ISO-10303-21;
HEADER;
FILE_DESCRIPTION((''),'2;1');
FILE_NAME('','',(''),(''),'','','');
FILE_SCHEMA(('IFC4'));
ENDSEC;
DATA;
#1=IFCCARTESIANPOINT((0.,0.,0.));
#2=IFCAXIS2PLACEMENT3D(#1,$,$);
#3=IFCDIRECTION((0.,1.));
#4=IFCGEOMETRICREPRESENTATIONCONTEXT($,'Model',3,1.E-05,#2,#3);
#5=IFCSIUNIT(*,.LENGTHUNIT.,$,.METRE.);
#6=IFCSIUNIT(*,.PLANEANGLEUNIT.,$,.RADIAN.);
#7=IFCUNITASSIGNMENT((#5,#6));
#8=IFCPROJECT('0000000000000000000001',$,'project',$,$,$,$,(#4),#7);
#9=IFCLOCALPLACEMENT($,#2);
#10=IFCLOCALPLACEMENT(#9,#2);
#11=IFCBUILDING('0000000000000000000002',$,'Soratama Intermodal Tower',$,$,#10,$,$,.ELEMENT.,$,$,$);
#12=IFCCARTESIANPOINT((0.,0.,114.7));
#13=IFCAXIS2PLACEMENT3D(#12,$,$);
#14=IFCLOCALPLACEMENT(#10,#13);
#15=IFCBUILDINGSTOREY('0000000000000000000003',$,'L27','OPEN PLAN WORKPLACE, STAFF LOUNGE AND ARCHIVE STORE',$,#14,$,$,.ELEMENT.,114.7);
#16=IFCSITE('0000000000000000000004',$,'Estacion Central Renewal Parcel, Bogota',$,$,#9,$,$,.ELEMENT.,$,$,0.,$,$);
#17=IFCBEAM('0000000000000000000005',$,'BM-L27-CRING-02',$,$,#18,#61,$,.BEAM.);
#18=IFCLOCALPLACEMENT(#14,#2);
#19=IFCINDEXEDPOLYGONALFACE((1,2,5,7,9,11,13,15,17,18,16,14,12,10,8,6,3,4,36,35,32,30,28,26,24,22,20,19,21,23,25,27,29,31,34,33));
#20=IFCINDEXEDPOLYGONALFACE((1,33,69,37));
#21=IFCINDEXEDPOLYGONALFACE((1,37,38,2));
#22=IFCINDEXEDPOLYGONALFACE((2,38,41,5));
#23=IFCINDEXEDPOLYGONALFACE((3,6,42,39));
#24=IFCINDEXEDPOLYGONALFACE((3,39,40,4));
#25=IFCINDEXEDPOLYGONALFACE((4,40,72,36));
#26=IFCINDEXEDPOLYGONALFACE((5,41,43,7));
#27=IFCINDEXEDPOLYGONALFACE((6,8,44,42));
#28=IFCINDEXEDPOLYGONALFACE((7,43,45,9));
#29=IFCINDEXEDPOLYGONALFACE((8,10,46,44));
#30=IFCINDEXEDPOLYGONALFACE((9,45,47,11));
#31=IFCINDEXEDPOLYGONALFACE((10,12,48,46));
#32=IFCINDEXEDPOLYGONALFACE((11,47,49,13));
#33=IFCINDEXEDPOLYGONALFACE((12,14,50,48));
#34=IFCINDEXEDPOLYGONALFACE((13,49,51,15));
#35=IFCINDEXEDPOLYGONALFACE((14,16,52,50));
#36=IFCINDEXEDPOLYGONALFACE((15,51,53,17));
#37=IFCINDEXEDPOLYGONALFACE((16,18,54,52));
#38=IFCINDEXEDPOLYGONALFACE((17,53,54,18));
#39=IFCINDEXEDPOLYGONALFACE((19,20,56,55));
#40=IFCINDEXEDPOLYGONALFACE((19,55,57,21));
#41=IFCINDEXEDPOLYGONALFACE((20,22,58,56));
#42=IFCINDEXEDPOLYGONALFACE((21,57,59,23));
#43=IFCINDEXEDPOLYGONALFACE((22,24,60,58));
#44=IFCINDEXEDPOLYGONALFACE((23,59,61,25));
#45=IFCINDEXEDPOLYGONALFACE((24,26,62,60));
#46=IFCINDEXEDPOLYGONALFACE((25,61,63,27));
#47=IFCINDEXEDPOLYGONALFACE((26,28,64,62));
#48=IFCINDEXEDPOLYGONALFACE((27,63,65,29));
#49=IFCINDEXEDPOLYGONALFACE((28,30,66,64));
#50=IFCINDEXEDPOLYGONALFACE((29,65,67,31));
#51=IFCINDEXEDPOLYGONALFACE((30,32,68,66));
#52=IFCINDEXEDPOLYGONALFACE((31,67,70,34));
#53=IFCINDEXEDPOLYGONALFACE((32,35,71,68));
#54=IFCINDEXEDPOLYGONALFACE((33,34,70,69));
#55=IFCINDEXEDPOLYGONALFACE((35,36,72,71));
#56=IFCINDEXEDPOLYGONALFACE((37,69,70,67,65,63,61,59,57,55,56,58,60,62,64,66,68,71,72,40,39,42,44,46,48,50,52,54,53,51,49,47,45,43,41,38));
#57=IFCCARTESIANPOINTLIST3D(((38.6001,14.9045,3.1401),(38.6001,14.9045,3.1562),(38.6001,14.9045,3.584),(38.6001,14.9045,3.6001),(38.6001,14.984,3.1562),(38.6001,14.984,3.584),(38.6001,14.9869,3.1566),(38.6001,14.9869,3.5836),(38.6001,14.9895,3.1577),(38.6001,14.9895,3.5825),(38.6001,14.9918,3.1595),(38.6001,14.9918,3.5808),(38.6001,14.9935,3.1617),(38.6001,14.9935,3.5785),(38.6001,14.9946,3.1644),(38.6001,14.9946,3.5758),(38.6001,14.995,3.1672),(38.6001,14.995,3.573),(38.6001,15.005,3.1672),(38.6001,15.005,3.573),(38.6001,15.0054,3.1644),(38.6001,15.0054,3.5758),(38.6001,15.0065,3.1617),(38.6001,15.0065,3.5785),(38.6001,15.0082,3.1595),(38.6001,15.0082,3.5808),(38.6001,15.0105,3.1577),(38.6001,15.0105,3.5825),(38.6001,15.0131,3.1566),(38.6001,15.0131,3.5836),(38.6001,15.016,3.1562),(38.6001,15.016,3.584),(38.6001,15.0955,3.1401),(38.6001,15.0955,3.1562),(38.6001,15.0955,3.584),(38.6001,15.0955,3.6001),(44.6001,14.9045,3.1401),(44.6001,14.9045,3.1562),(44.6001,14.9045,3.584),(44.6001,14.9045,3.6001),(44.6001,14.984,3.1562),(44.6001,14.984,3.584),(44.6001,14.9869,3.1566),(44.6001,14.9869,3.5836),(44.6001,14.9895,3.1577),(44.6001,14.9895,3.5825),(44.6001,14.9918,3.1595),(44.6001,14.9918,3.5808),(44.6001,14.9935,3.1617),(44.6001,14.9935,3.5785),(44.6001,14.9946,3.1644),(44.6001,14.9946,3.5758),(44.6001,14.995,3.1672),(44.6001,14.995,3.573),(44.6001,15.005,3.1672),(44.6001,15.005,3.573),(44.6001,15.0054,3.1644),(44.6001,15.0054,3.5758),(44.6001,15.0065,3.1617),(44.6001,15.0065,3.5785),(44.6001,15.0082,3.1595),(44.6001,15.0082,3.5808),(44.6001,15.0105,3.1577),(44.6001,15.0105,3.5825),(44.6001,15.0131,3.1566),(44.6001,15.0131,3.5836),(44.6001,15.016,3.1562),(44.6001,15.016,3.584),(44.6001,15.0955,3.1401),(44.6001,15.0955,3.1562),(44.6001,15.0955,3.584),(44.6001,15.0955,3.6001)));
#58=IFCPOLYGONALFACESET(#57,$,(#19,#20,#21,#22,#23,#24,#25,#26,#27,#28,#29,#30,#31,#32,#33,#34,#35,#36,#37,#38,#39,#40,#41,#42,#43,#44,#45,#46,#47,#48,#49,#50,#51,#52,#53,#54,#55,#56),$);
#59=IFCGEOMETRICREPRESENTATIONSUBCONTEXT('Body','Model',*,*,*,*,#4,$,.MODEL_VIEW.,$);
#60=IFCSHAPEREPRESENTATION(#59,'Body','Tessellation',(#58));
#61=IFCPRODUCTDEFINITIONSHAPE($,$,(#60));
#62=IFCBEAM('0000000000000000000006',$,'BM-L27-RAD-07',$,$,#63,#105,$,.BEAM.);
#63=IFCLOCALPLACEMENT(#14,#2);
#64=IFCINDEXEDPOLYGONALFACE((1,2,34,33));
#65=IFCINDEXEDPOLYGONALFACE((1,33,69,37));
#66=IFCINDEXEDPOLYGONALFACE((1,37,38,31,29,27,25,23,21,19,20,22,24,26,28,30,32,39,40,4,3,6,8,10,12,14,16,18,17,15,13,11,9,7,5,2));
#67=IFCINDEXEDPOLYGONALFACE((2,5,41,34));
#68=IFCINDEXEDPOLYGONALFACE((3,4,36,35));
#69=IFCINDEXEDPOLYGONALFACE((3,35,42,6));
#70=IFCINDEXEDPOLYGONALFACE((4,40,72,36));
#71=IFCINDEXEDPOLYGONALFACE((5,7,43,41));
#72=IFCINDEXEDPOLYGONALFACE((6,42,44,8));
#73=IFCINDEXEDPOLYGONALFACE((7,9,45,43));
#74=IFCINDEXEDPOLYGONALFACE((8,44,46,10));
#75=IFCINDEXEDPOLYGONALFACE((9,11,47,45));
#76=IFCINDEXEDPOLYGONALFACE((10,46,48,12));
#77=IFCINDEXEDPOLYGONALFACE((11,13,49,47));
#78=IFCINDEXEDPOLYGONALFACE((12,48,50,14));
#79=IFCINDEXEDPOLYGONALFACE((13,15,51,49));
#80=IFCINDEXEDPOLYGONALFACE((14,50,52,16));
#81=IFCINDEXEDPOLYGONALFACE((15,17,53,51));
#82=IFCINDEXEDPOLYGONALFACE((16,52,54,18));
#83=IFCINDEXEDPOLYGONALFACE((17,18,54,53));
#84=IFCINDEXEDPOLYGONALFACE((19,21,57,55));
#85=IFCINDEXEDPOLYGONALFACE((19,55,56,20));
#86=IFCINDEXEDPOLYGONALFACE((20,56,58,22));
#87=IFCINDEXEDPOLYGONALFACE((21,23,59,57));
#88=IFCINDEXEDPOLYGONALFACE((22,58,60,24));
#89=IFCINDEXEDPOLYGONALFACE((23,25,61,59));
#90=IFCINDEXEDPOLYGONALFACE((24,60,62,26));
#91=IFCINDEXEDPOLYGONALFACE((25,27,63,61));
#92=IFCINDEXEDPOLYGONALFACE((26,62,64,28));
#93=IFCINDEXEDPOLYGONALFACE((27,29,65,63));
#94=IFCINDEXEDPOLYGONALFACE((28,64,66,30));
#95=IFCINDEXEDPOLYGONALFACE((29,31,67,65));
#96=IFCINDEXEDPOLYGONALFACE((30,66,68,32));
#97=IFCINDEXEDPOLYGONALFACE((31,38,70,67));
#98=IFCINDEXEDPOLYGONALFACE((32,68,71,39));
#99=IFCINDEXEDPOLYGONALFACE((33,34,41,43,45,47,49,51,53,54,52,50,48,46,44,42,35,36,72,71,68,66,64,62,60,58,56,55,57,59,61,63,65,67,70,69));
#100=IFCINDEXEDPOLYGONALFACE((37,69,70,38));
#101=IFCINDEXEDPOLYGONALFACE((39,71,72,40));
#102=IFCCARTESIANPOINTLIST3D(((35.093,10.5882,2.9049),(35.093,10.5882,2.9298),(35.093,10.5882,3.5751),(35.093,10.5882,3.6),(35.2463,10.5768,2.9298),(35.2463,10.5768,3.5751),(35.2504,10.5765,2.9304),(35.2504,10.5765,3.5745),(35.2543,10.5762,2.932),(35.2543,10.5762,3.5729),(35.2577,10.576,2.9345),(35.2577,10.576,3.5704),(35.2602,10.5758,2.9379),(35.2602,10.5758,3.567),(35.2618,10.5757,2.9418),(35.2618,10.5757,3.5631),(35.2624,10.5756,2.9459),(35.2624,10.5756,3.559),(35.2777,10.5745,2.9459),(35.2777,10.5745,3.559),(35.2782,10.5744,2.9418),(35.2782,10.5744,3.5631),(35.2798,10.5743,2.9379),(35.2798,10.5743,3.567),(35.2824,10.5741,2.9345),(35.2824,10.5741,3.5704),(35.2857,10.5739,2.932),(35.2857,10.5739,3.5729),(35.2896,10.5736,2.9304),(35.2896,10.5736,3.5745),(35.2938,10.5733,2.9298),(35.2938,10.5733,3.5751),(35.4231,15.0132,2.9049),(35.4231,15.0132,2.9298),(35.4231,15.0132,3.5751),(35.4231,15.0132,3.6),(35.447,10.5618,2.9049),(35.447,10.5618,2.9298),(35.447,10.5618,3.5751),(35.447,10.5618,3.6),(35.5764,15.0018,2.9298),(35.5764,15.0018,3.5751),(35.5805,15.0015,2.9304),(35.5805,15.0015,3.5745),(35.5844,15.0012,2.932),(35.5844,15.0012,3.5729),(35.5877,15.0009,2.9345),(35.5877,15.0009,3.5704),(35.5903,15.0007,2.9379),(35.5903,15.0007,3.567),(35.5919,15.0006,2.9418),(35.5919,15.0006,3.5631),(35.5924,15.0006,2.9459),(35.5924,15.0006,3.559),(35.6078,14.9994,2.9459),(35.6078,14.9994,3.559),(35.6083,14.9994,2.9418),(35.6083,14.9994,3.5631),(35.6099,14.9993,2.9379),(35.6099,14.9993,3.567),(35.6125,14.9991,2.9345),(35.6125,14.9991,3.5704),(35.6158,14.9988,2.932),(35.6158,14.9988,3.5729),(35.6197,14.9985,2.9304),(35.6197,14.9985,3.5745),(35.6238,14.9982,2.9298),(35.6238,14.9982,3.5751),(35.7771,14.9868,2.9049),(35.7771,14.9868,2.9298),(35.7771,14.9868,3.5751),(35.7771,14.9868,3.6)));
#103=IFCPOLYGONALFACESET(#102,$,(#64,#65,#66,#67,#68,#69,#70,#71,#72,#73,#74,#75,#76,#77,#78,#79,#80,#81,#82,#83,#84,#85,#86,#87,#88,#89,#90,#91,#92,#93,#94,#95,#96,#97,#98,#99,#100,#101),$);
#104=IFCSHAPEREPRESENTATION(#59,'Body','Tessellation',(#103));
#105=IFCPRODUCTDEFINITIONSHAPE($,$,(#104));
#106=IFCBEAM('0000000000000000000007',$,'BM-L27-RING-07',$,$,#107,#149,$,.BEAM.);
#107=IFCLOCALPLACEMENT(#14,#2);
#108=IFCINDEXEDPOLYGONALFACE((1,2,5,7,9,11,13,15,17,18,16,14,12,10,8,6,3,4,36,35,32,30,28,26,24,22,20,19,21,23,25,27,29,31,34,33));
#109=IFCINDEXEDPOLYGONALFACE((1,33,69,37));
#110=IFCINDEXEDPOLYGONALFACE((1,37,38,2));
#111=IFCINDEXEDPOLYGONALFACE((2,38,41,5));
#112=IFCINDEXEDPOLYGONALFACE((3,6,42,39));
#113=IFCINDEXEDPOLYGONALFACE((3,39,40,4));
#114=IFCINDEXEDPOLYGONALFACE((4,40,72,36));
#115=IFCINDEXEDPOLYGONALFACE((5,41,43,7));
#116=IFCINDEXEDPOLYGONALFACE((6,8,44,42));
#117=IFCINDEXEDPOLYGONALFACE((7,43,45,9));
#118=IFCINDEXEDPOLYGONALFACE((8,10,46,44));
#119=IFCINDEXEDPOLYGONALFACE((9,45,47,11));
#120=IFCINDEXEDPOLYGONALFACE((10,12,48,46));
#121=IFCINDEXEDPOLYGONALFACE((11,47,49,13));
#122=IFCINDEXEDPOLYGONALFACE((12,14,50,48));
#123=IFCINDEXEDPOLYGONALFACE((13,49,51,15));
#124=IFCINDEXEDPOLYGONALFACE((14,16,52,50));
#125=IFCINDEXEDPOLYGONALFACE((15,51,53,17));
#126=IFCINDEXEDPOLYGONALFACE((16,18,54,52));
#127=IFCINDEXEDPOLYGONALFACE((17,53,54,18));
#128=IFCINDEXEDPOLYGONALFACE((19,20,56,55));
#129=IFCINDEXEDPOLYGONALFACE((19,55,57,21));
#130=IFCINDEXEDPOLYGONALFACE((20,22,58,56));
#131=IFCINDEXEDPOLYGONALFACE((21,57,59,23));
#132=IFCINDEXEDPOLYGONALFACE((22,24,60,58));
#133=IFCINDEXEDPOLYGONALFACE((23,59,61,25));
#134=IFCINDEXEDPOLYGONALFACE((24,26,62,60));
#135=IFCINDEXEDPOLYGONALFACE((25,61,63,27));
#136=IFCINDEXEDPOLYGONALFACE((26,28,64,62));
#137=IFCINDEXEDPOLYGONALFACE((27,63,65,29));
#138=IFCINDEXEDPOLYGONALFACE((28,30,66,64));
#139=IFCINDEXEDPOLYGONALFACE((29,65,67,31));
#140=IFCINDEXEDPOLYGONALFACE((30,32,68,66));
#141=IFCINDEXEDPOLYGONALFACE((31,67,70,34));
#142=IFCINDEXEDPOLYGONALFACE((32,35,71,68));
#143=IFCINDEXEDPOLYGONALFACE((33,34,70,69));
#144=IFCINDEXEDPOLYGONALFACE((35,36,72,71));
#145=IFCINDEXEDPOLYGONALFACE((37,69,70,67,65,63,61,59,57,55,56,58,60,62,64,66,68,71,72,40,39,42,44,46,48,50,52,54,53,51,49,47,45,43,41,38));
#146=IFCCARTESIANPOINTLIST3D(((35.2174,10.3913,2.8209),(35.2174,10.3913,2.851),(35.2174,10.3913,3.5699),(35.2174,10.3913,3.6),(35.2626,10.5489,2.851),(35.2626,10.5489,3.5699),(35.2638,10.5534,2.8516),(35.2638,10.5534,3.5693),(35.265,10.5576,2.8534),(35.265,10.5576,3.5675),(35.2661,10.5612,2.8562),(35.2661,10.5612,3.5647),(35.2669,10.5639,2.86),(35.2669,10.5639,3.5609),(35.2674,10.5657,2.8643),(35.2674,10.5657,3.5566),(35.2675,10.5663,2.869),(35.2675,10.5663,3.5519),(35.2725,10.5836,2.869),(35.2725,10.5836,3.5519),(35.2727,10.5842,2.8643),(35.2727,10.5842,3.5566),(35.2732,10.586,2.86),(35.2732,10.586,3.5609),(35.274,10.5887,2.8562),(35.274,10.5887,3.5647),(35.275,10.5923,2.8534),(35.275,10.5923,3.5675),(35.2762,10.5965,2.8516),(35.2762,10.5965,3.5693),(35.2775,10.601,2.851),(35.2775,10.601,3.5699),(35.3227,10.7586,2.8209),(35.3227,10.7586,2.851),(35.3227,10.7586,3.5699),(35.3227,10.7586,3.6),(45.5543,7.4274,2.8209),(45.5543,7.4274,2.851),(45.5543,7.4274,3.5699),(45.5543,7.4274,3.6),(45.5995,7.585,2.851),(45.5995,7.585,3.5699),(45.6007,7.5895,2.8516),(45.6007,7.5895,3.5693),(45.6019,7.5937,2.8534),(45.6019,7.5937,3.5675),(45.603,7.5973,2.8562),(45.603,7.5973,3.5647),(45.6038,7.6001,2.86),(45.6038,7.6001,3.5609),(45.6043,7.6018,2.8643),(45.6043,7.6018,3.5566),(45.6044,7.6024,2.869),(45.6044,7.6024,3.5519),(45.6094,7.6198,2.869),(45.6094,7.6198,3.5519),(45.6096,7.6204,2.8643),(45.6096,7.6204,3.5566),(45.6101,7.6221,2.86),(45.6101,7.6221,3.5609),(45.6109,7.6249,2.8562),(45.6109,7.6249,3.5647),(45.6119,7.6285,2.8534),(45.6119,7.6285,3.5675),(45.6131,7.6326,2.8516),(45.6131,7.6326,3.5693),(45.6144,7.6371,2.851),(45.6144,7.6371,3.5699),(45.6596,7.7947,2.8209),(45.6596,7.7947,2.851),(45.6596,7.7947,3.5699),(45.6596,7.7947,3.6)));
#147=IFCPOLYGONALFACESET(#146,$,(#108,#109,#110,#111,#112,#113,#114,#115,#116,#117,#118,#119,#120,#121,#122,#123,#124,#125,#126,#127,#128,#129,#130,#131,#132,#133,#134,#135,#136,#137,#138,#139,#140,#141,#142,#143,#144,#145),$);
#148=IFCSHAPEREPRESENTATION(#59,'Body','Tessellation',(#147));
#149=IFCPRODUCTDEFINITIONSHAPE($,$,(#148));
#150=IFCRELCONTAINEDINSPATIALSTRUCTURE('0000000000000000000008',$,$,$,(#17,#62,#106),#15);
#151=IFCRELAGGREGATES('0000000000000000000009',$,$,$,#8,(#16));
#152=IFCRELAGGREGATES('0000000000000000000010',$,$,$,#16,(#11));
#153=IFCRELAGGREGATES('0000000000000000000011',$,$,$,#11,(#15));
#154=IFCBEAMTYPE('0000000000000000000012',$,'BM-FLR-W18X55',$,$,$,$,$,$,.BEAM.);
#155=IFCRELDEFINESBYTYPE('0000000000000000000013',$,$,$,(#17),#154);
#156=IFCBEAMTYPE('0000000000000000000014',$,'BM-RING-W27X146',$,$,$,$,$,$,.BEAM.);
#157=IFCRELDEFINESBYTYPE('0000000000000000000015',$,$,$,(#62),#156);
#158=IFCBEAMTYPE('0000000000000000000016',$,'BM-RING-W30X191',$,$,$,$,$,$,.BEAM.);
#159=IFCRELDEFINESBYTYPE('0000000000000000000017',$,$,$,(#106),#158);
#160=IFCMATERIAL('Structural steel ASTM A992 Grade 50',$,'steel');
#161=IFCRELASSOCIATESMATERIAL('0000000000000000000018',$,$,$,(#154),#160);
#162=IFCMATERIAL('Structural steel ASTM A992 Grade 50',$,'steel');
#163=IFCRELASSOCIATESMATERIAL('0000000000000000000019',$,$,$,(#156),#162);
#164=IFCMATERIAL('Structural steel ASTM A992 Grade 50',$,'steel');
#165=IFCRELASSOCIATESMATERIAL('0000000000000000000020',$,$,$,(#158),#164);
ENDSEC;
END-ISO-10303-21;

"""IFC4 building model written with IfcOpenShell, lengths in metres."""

from ifc_helpers import new_model, si_unit, direction, frame, origin, origin_2d, place, context, subcontext, project, spatial, i_section, extrude, material, material_profile, profile_set, type_object, element, save


model = new_model("IFC4")

# Units and contexts
model_context = context("Model", 3, precision=1e-05, world=origin(), true_north=direction((0.0, 1.0)))
body_context = subcontext(model_context, "Body", "Model", "MODEL_VIEW")
ifc_project = project(units=[si_unit("LENGTHUNIT", "METRE"), si_unit("PLANEANGLEUNIT", "RADIAN")], contexts=[model_context])

# Site, building, storey
site_placement = place(None, origin())
site = spatial("IfcSite", under=ifc_project, at=site_placement, Name="Estacion Central Renewal Parcel, Bogota", CompositionType="ELEMENT", RefElevation=0.0)
building_placement = place(site_placement, origin())
building = spatial("IfcBuilding", under=site, at=building_placement, Name="Soratama Intermodal Tower", CompositionType="ELEMENT")
storey_placement = place(building_placement, frame((0.0, 0.0, 114.7)))
storey = spatial("IfcBuildingStorey", under=building, at=storey_placement, Name="L27", Description="OPEN PLAN WORKPLACE, STAFF LOUNGE AND ARCHIVE STORE", CompositionType="ELEMENT", Elevation=114.7)

# Beams
ifc_material_1 = material(Name="Structural steel ASTM A992 Grade 50", Category="steel")
ifc_material_profile_1 = material_profile(ifc_material_1, i_section(OverallWidth=0.1909, OverallDepth=0.46, WebThickness=0.01, FlangeThickness=0.0161, FilletRadius=0.011, at=origin_2d()), Name="W18X55")
ifc_profile_set_1 = profile_set([ifc_material_profile_1], Name="Structural steel ASTM A992 Grade 50")
beam_type_1 = type_object("IfcBeamType", Name="BM-FLR-W18X55", PredefinedType="BEAM", material=ifc_profile_set_1)
beam_1_placement = place(storey_placement, frame((38.6001, 15.0, 3.3701), z_axis=(1.0, 0.0, 0.0), x_axis=(0.0, 1.0, 0.0)))
element("IfcBeam", 1, at=beam_1_placement, inside=storey, type_object=beam_type_1, Name="BM-L27-CRING-02", PredefinedType="BEAM", context=body_context, shape_type="SweptSolid", body=[
    extrude(i_section(OverallWidth=0.1909, OverallDepth=0.46, WebThickness=0.01, FlangeThickness=0.0161, FilletRadius=0.011, at=origin_2d()), origin(), (0.0, 0.0, 1.0), 6.0),
])
ifc_material_2 = material(Name="Structural steel ASTM A992 Grade 50", Category="steel")
ifc_material_profile_2 = material_profile(ifc_material_2, i_section(OverallWidth=0.355, OverallDepth=0.6951, WebThickness=0.0154, FlangeThickness=0.0249, FilletRadius=0.0161, at=origin_2d()), Name="W27X146")
ifc_profile_set_2 = profile_set([ifc_material_profile_2], Name="Structural steel ASTM A992 Grade 50")
beam_type_2 = type_object("IfcBeamType", Name="BM-RING-W27X146", PredefinedType="BEAM", material=ifc_profile_set_2)
beam_2_placement = place(storey_placement, frame((35.6001, 15.0, 3.2524), z_axis=(-0.074386, -0.997229, 0.0), x_axis=(0.997229, -0.074386, 0.0)))
element("IfcBeam", 2, at=beam_2_placement, inside=storey, type_object=beam_type_2, Name="BM-L27-RAD-07", PredefinedType="BEAM", context=body_context, shape_type="SweptSolid", body=[
    extrude(i_section(OverallWidth=0.355, OverallDepth=0.6951, WebThickness=0.0154, FlangeThickness=0.0249, FilletRadius=0.0161, at=origin_2d()), origin(), (0.0, 0.0, 1.0), 4.4373),
])
ifc_material_3 = material(Name="Structural steel ASTM A992 Grade 50", Category="steel")
ifc_material_profile_3 = material_profile(ifc_material_3, i_section(OverallWidth=0.3821, OverallDepth=0.7791, WebThickness=0.0181, FlangeThickness=0.03, FilletRadius=0.0181, at=origin_2d()), Name="W30X191")
ifc_profile_set_3 = profile_set([ifc_material_profile_3], Name="Structural steel ASTM A992 Grade 50")
beam_type_3 = type_object("IfcBeamType", Name="BM-RING-W30X191", PredefinedType="BEAM", material=ifc_profile_set_3)
beam_3_placement = place(storey_placement, frame((35.27, 10.575, 3.2104), z_axis=(0.961267, -0.275621, 0.0), x_axis=(0.275621, 0.961267, 0.0)))
element("IfcBeam", 3, at=beam_3_placement, inside=storey, type_object=beam_type_3, Name="BM-L27-RING-07", PredefinedType="BEAM", context=body_context, shape_type="SweptSolid", body=[
    extrude(i_section(OverallWidth=0.3821, OverallDepth=0.7791, WebThickness=0.0181, FlangeThickness=0.03, FilletRadius=0.0181, at=origin_2d()), origin(), (0.0, 0.0, 1.0), 10.7534),
])

save(model, "model.ifc")
